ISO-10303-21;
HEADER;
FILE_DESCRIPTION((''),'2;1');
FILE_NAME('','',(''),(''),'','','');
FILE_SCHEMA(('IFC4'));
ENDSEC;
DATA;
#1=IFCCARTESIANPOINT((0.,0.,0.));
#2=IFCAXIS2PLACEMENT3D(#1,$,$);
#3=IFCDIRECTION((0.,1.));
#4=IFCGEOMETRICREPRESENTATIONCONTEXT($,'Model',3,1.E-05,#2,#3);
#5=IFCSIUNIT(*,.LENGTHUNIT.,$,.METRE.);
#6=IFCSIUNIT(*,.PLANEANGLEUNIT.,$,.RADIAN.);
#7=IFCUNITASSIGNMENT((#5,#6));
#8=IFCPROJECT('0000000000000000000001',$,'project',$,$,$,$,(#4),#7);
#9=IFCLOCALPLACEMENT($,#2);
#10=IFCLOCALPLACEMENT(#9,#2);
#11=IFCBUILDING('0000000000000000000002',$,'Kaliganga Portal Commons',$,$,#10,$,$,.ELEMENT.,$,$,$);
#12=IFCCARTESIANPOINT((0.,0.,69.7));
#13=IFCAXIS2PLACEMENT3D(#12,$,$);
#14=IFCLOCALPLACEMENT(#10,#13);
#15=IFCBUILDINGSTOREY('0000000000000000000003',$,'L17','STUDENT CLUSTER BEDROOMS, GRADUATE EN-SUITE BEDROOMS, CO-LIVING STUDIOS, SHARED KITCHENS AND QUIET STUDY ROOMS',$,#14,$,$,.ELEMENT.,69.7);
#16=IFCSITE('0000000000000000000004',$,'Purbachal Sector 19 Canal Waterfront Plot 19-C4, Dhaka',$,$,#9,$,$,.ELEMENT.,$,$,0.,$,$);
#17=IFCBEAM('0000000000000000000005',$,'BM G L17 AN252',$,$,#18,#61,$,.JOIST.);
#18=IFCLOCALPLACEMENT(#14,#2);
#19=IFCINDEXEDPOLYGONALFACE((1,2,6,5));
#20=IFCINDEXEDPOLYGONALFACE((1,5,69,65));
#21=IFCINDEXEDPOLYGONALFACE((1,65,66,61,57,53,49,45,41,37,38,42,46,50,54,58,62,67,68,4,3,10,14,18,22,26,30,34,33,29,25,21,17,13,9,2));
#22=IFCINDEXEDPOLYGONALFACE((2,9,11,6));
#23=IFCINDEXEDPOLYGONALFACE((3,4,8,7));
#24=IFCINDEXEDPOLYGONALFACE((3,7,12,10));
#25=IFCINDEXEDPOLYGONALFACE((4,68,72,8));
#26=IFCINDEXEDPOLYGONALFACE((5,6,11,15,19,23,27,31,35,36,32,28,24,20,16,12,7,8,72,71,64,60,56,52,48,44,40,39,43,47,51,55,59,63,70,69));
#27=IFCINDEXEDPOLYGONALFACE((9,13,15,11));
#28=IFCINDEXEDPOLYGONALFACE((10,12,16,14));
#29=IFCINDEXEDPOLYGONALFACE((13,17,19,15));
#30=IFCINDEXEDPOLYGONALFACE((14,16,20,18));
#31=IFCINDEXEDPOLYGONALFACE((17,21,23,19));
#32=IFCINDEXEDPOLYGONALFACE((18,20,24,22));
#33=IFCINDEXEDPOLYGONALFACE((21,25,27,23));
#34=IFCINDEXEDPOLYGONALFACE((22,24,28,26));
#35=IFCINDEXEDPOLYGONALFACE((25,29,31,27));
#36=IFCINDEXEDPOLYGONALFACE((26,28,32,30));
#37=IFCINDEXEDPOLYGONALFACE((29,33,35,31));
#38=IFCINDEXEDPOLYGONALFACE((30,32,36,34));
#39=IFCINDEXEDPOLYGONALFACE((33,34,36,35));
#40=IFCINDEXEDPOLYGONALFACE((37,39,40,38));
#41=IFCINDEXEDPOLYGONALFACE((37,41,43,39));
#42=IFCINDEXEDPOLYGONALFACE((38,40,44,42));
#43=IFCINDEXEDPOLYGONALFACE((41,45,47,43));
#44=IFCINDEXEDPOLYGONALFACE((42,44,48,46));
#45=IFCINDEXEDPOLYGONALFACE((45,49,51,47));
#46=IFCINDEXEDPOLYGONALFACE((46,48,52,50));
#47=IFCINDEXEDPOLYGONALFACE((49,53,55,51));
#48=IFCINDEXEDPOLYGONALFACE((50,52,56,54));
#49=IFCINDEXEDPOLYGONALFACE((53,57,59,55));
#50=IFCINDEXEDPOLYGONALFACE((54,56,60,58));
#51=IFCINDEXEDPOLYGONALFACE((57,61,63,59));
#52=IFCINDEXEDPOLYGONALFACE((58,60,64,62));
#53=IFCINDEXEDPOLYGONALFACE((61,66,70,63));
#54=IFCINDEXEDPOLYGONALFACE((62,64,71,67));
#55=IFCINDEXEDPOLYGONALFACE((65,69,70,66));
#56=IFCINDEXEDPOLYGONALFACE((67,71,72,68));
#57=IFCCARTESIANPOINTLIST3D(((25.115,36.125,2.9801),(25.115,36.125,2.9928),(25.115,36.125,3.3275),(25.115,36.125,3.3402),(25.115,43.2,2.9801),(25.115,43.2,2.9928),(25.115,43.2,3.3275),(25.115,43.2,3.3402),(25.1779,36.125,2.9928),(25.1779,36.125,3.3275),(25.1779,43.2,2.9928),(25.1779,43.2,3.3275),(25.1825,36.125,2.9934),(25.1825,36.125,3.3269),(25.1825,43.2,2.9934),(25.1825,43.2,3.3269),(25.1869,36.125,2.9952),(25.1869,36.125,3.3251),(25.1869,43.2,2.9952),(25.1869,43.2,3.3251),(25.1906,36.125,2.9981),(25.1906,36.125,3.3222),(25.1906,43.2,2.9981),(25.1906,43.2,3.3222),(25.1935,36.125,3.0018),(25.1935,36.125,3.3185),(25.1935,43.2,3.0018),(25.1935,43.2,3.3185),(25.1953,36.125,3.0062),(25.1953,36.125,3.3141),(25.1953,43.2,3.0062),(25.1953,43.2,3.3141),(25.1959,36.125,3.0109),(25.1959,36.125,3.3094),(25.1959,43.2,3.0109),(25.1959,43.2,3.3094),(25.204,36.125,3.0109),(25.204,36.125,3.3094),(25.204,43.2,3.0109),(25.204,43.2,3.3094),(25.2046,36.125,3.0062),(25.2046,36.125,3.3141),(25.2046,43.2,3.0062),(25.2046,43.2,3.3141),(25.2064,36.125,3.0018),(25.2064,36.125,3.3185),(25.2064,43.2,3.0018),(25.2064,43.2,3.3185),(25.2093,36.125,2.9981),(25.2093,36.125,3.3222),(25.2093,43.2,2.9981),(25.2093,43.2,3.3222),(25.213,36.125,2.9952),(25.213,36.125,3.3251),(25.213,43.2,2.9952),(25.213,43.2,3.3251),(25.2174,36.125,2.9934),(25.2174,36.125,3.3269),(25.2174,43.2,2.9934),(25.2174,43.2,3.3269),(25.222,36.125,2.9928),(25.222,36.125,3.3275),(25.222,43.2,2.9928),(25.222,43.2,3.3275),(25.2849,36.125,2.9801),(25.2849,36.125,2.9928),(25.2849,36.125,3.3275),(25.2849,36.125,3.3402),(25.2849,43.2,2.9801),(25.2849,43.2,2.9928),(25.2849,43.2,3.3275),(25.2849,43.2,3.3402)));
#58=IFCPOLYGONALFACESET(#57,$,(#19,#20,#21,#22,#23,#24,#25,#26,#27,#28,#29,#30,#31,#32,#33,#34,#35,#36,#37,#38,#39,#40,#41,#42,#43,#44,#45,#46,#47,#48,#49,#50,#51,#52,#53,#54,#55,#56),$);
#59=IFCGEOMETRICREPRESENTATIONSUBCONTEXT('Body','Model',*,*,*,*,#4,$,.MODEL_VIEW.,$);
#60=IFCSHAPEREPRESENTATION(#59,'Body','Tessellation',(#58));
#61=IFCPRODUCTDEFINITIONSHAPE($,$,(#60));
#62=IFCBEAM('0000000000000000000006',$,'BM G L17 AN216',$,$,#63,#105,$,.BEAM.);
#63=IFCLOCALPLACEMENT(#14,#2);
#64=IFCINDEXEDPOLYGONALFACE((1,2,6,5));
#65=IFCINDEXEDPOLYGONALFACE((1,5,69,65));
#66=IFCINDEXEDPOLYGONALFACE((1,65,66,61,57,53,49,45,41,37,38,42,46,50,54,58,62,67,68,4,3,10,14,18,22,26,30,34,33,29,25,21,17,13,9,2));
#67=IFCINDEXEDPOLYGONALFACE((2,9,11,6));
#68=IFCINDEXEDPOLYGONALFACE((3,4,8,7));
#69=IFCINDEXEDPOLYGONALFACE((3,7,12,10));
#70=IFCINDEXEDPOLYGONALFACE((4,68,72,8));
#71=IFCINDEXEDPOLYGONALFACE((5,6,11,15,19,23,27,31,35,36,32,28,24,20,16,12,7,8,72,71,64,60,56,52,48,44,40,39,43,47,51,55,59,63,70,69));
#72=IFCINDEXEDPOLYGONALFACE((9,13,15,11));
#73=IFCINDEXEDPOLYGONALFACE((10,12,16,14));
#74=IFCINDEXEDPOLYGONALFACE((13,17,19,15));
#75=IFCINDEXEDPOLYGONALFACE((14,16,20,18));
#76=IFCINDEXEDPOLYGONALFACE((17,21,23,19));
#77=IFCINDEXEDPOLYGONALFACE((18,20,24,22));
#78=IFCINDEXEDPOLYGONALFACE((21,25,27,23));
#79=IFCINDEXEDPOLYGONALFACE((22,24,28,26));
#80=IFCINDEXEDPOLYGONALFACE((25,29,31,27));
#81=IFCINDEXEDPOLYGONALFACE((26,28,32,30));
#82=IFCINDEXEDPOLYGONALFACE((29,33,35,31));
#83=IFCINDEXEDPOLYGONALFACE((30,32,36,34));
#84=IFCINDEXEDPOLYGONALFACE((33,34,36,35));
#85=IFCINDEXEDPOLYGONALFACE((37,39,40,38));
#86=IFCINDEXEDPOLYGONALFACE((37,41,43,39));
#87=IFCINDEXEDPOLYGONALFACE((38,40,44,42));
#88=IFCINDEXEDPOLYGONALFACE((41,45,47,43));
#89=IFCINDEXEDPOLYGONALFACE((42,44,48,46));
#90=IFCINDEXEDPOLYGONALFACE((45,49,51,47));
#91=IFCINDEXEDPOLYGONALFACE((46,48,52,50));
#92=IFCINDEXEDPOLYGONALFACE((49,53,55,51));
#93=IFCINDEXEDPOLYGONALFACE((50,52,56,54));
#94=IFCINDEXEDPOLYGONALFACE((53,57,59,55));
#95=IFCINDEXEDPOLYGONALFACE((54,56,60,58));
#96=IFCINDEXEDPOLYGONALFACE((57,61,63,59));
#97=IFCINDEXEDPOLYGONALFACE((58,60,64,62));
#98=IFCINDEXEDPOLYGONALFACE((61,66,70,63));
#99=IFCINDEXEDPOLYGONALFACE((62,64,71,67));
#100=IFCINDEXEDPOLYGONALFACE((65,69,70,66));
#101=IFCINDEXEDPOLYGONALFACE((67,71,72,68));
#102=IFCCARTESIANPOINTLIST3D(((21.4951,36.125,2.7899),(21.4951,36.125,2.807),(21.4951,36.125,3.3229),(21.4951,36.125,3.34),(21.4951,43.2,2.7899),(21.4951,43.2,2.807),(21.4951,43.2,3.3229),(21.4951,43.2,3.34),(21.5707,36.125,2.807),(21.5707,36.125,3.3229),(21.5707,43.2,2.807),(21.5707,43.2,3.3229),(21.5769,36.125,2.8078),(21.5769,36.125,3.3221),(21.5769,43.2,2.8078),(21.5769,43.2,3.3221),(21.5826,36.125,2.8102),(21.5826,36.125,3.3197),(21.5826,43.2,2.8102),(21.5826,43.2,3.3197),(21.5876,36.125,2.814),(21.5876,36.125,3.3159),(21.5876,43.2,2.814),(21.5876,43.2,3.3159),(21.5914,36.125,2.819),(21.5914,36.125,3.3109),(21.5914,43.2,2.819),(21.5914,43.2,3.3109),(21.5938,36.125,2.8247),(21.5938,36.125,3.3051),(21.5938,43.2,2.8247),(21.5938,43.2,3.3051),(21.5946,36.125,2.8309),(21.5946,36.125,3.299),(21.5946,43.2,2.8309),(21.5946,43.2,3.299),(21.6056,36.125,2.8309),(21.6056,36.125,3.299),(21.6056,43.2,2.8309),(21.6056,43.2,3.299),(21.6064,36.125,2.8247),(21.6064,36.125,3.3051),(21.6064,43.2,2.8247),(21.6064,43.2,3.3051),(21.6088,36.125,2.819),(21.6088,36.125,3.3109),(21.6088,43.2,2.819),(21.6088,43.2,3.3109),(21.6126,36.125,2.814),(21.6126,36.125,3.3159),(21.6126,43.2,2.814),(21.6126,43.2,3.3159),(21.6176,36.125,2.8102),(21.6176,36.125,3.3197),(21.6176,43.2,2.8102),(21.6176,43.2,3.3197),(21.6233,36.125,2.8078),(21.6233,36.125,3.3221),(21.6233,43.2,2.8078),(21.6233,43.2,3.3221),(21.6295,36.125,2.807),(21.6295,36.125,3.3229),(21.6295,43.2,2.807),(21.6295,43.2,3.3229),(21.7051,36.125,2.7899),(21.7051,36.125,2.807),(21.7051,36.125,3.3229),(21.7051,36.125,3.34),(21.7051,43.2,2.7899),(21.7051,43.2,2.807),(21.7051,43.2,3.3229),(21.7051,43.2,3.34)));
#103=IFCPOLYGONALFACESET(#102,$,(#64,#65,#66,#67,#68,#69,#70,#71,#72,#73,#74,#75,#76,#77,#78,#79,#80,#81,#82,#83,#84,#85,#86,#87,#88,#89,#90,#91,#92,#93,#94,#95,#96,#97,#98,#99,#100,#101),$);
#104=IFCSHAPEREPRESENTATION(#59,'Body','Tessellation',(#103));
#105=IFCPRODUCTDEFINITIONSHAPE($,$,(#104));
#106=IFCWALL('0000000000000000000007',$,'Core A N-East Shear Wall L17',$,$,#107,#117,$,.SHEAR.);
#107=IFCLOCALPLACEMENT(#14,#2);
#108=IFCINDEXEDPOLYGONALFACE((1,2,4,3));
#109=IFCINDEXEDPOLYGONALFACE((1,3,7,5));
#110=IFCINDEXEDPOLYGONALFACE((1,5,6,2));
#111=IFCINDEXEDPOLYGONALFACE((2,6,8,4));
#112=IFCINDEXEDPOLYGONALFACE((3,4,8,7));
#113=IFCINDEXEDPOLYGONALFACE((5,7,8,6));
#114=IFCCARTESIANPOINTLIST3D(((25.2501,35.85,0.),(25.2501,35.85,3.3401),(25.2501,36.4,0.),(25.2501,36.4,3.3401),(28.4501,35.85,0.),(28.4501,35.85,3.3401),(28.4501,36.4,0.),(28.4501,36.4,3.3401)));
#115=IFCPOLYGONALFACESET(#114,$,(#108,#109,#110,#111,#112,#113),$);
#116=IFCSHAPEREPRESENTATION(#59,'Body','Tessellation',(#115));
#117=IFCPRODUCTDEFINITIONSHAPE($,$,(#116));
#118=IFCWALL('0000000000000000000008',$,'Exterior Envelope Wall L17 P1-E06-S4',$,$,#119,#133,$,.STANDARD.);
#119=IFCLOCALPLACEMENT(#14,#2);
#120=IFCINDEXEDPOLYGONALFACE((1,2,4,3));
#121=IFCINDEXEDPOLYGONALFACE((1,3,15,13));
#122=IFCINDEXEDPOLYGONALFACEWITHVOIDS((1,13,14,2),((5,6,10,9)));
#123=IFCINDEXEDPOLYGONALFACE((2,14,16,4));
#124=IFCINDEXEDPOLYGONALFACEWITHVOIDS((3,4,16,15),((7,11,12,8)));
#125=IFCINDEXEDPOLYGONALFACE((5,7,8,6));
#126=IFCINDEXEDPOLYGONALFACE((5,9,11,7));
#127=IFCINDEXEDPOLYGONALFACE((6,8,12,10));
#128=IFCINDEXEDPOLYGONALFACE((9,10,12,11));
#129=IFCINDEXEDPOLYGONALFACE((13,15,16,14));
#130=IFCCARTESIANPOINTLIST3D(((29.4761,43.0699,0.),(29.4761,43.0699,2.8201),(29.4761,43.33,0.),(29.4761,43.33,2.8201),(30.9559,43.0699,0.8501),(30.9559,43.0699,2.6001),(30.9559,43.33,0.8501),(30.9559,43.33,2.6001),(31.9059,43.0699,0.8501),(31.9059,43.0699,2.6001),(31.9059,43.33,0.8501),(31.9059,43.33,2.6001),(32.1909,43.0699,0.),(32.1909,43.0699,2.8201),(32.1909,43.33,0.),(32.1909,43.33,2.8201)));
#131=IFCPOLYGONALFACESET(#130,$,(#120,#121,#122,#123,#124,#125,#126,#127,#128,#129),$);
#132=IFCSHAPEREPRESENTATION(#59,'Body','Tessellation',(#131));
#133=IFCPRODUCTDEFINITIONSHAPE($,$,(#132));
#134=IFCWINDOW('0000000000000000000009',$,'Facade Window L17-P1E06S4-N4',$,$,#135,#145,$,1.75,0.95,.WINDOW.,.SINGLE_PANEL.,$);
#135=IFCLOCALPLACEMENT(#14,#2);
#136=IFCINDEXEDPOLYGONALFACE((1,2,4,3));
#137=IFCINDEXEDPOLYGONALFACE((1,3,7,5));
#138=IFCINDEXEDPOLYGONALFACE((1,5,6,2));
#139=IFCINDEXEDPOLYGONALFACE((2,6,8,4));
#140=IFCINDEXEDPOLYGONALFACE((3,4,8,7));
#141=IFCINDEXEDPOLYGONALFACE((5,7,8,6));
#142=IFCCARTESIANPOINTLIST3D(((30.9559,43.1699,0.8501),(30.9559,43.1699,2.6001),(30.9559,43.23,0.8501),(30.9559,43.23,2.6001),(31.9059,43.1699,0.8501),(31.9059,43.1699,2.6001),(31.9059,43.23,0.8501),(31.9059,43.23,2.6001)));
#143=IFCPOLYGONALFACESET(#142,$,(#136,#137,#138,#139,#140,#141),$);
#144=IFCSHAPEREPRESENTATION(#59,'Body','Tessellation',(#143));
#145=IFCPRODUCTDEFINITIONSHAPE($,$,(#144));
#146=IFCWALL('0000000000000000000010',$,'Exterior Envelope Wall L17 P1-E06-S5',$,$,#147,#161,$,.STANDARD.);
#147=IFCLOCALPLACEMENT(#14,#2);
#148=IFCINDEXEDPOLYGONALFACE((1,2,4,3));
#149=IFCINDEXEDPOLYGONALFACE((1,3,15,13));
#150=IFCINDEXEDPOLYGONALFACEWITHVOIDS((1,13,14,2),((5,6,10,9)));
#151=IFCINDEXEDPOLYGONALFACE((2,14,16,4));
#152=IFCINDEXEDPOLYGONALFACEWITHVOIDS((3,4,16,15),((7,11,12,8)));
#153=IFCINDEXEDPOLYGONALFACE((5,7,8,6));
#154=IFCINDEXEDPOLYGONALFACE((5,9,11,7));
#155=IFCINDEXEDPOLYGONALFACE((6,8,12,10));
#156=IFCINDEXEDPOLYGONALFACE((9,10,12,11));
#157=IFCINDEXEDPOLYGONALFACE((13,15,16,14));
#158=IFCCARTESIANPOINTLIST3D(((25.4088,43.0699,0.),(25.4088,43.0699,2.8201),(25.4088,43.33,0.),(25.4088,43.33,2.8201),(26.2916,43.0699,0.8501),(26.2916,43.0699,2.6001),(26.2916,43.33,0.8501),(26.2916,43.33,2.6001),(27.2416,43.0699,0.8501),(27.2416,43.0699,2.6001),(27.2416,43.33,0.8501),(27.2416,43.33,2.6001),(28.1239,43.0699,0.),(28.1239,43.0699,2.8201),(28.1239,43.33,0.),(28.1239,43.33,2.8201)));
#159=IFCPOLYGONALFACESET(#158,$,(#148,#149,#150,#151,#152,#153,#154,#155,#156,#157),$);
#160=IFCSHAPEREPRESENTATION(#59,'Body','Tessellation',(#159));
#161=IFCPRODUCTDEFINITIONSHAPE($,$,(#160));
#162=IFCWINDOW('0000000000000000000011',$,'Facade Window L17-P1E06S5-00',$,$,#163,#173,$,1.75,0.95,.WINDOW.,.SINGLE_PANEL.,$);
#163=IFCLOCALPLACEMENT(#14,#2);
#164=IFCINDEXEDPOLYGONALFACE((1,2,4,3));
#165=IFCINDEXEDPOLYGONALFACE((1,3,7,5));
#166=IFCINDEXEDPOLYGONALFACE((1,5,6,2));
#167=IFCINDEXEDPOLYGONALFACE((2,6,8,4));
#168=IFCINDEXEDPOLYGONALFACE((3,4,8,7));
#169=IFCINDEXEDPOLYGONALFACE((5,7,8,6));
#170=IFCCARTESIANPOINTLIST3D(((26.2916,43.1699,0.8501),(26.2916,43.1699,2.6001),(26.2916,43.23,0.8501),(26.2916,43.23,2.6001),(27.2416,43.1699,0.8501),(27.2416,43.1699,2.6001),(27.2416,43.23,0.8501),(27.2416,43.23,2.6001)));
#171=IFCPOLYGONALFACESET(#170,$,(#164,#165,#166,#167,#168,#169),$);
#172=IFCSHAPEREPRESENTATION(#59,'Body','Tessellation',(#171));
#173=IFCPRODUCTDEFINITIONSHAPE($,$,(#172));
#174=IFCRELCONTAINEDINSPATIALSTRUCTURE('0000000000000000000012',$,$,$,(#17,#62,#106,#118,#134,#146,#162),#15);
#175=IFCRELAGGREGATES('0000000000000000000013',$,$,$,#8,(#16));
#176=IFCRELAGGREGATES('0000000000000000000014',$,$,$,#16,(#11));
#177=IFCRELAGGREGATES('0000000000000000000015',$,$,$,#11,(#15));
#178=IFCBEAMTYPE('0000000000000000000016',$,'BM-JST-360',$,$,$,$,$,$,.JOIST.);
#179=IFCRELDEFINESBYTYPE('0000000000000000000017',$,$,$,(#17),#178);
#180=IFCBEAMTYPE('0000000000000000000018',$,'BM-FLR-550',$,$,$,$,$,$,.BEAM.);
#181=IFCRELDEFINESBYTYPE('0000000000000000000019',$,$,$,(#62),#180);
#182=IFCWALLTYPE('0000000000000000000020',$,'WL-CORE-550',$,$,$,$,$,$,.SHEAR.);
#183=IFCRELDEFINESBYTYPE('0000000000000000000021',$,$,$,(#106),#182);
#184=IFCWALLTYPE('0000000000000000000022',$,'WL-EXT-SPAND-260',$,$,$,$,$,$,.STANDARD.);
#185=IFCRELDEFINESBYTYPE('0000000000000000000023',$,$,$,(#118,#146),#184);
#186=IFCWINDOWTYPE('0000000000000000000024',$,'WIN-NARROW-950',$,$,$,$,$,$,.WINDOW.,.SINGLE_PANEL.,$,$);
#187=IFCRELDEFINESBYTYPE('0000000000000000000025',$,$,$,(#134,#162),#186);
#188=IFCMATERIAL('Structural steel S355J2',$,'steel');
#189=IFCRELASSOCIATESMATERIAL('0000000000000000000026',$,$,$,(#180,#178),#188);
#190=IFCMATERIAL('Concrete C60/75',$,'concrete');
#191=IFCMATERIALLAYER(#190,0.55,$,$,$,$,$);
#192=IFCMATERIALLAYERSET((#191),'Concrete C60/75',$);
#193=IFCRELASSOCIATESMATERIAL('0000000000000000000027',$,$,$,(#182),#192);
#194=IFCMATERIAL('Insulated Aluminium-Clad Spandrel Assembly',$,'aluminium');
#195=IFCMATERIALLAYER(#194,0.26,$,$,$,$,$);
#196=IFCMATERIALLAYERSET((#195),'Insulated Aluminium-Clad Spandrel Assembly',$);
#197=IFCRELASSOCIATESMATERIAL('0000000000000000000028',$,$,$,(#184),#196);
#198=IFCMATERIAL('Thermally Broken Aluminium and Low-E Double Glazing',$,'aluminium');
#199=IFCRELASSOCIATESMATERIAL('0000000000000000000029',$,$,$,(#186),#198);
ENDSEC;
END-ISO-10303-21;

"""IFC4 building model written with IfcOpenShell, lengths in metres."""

from ifc_helpers import new_model, si_unit, direction, frame, frame_2d, origin, origin_2d, place, context, subcontext, project, spatial, rectangle, i_section, extrude, source, transform, mapped, material, layer, layer_set, material_profile, profile_set, type_object, element, fill, save


model = new_model("IFC4")

# Units and contexts
model_context = context("Model", 3, precision=1e-05, world=origin(), true_north=direction((0.0, 1.0)))
body_context = subcontext(model_context, "Body", "Model", "MODEL_VIEW")
ifc_project = project(units=[si_unit("LENGTHUNIT", "METRE"), si_unit("PLANEANGLEUNIT", "RADIAN")], contexts=[model_context])

# Site, building, storey
site_placement = place(None, origin())
site = spatial("IfcSite", under=ifc_project, at=site_placement, Name="Purbachal Sector 19 Canal Waterfront Plot 19-C4, Dhaka", CompositionType="ELEMENT", RefElevation=0.0)
building_placement = place(site_placement, origin())
building = spatial("IfcBuilding", under=site, at=building_placement, Name="Kaliganga Portal Commons", CompositionType="ELEMENT")
storey_placement = place(building_placement, frame((0.0, 0.0, 69.7)))
storey = spatial("IfcBuildingStorey", under=building, at=storey_placement, Name="L17", Description="STUDENT CLUSTER BEDROOMS, GRADUATE EN-SUITE BEDROOMS, CO-LIVING STUDIOS, SHARED KITCHENS AND QUIET STUDY ROOMS", CompositionType="ELEMENT", Elevation=69.7)

# Beams
ifc_material_1 = material(Name="Structural steel S355J2", Category="steel")
ifc_material_profile_1 = material_profile(ifc_material_1, i_section(OverallWidth=0.21, OverallDepth=0.55, WebThickness=0.011, FlangeThickness=0.0171, FilletRadius=0.0239, at=origin_2d()), Name="IPE 550")
ifc_profile_set_1 = profile_set([ifc_material_profile_1], Name="Structural steel S355J2 wide-flange")
beam_type_1 = type_object("IfcBeamType", Name="BM-FLR-550", PredefinedType="BEAM", material=ifc_profile_set_1)
ifc_material_profile_2 = material_profile(ifc_material_1, i_section(OverallWidth=0.1699, OverallDepth=0.3601, WebThickness=0.0081, FlangeThickness=0.0127, FilletRadius=0.0181, at=origin_2d()), Name="IPE 360")
ifc_profile_set_2 = profile_set([ifc_material_profile_2], Name="Structural steel S355J2 wide-flange")
beam_type_2 = type_object("IfcBeamType", Name="BM-JST-360", PredefinedType="JOIST", material=ifc_profile_set_2)
shared_shape_1 = source(origin(), body_context, "Body", "SweptSolid", [
    extrude(i_section(OverallWidth=0.1699, OverallDepth=0.3601, WebThickness=0.0081, FlangeThickness=0.0127, FilletRadius=0.0181, at=origin_2d()), origin(), (0.0, 0.0, 1.0), 7.075),
])
beam_1_placement = place(storey_placement, frame((25.2, 36.125, 3.1602), z_axis=(0.0, 1.0, 0.0), x_axis=(-1.0, 0.0, 0.0)))
element("IfcBeam", 1, at=beam_1_placement, inside=storey, type_object=beam_type_2, Name="BM G L17 AN252", PredefinedType="JOIST", context=body_context, shape_type="MappedRepresentation", body=[
    mapped(shared_shape_1, transform((0.0, 0.0, 0.0), x_axis=(1.0, 0.0, 0.0), y_axis=(0.0, 1.0, 0.0), z_axis=(0.0, 0.0, 1.0), scale=1.0)),
])
shared_shape_2 = source(origin(), body_context, "Body", "SweptSolid", [
    extrude(i_section(OverallWidth=0.21, OverallDepth=0.55, WebThickness=0.011, FlangeThickness=0.0171, FilletRadius=0.0239, at=origin_2d()), origin(), (0.0, 0.0, 1.0), 7.075),
])
beam_2_placement = place(storey_placement, frame((21.6001, 36.125, 3.0649), z_axis=(0.0, 1.0, 0.0), x_axis=(-1.0, 0.0, 0.0)))
element("IfcBeam", 2, at=beam_2_placement, inside=storey, type_object=beam_type_1, Name="BM G L17 AN216", PredefinedType="BEAM", context=body_context, shape_type="MappedRepresentation", body=[
    mapped(shared_shape_2, transform((0.0, 0.0, 0.0), x_axis=(1.0, 0.0, 0.0), y_axis=(0.0, 1.0, 0.0), z_axis=(0.0, 0.0, 1.0), scale=1.0)),
])

# Wall
ifc_material_2 = material(Name="Concrete C60/75", Category="concrete")
ifc_layer_1 = layer(ifc_material_2, 0.55)
ifc_layer_set_1 = layer_set([ifc_layer_1], Name="Concrete C60/75")
wall_type_1 = type_object("IfcWallType", Name="WL-CORE-550", PredefinedType="SHEAR", material=ifc_layer_set_1)
wall_1_placement = place(storey_placement, frame((25.25, 36.125, 0.0), z_axis=(0.0, 0.0, 1.0), x_axis=(1.0, 0.0, 0.0)))
element("IfcWall", 3, at=wall_1_placement, inside=storey, type_object=wall_type_1, Name="Core A N-East Shear Wall L17", PredefinedType="SHEAR", context=body_context, shape_type="SweptSolid", body=[
    extrude(rectangle(XDim=3.2, YDim=0.55, at=frame_2d((1.6001, 0.0))), origin(), (0.0, 0.0, 1.0), 3.3401),
])

# Walls, openings, windows
ifc_material_3 = material(Name="Insulated Aluminium-Clad Spandrel Assembly", Category="aluminium")
ifc_layer_2 = layer(ifc_material_3, 0.26)
ifc_layer_set_2 = layer_set([ifc_layer_2], Name="Insulated Aluminium-Clad Spandrel Assembly")
wall_type_2 = type_object("IfcWallType", Name="WL-EXT-SPAND-260", PredefinedType="STANDARD", material=ifc_layer_set_2)
wall_2_placement = place(storey_placement, frame((29.4761, 43.2, 0.0), z_axis=(0.0, 0.0, 1.0), x_axis=(1.0, 0.0, 0.0)))
wall_2 = element("IfcWall", 4, at=wall_2_placement, inside=storey, type_object=wall_type_2, Name="Exterior Envelope Wall L17 P1-E06-S4", PredefinedType="STANDARD", context=body_context, shape_type="SweptSolid", body=[
    extrude(rectangle(XDim=2.7148, YDim=0.26, at=frame_2d((1.3574, 0.0))), origin(), (0.0, 0.0, 1.0), 2.8201),
])
opening_1_placement = place(wall_2_placement, frame((1.4797, 0.0, 0.8501)))
opening_1 = element("IfcOpeningElement", 5, at=opening_1_placement, cuts=wall_2, PredefinedType="OPENING", context=body_context, shape_type="SweptSolid", body=[
    extrude(rectangle(XDim=0.95, YDim=1.75, at=frame_2d((0.4751, 0.875))), frame((0.0, 0.1401, 0.0), z_axis=(0.0, -1.0, 0.0), x_axis=(1.0, 0.0, 0.0)), (0.0, 0.0, 1.0), 0.28),
])
ifc_material_4 = material(Name="Thermally Broken Aluminium and Low-E Double Glazing", Category="aluminium")
window_type = type_object("IfcWindowType", Name="WIN-NARROW-950", PartitioningType="SINGLE_PANEL", PredefinedType="WINDOW", material=ifc_material_4)
window_1_placement = place(opening_1_placement, origin())
window_1 = element("IfcWindow", 6, at=window_1_placement, inside=storey, type_object=window_type, Name="Facade Window L17-P1E06S4-N4", OverallHeight=1.75, OverallWidth=0.95, PartitioningType="SINGLE_PANEL", PredefinedType="WINDOW", context=body_context, shape_type="SweptSolid", body=[
    extrude(rectangle(XDim=0.95, YDim=1.75, at=frame_2d((0.4751, 0.875))), frame((0.0, 0.03, 0.0), z_axis=(0.0, -1.0, 0.0), x_axis=(1.0, 0.0, 0.0)), (0.0, 0.0, 1.0), 0.0601),
])
fill(opening_1, window_1)
wall_3_placement = place(storey_placement, frame((25.4089, 43.2, 0.0), z_axis=(0.0, 0.0, 1.0), x_axis=(1.0, 0.0, 0.0)))
wall_3 = element("IfcWall", 7, at=wall_3_placement, inside=storey, type_object=wall_type_2, Name="Exterior Envelope Wall L17 P1-E06-S5", PredefinedType="STANDARD", context=body_context, shape_type="SweptSolid", body=[
    extrude(rectangle(XDim=2.7151, YDim=0.26, at=frame_2d((1.3574, 0.0))), origin(), (0.0, 0.0, 1.0), 2.8201),
])
opening_2_placement = place(wall_3_placement, frame((0.8826, 0.0, 0.8501)))
opening_2 = element("IfcOpeningElement", 8, at=opening_2_placement, cuts=wall_3, PredefinedType="OPENING", context=body_context, shape_type="SweptSolid", body=[
    extrude(rectangle(XDim=0.95, YDim=1.75, at=frame_2d((0.4751, 0.875))), frame((0.0, 0.1401, 0.0), z_axis=(0.0, -1.0, 0.0), x_axis=(1.0, 0.0, 0.0)), (0.0, 0.0, 1.0), 0.28),
])
window_2_placement = place(opening_2_placement, origin())
window_2 = element("IfcWindow", 9, at=window_2_placement, inside=storey, type_object=window_type, Name="Facade Window L17-P1E06S5-00", OverallHeight=1.75, OverallWidth=0.95, PartitioningType="SINGLE_PANEL", PredefinedType="WINDOW", context=body_context, shape_type="SweptSolid", body=[
    extrude(rectangle(XDim=0.95, YDim=1.75, at=frame_2d((0.4751, 0.875))), frame((0.0, 0.03, 0.0), z_axis=(0.0, -1.0, 0.0), x_axis=(1.0, 0.0, 0.0)), (0.0, 0.0, 1.0), 0.0601),
])
fill(opening_2, window_2)

save(model, "model.ifc")
